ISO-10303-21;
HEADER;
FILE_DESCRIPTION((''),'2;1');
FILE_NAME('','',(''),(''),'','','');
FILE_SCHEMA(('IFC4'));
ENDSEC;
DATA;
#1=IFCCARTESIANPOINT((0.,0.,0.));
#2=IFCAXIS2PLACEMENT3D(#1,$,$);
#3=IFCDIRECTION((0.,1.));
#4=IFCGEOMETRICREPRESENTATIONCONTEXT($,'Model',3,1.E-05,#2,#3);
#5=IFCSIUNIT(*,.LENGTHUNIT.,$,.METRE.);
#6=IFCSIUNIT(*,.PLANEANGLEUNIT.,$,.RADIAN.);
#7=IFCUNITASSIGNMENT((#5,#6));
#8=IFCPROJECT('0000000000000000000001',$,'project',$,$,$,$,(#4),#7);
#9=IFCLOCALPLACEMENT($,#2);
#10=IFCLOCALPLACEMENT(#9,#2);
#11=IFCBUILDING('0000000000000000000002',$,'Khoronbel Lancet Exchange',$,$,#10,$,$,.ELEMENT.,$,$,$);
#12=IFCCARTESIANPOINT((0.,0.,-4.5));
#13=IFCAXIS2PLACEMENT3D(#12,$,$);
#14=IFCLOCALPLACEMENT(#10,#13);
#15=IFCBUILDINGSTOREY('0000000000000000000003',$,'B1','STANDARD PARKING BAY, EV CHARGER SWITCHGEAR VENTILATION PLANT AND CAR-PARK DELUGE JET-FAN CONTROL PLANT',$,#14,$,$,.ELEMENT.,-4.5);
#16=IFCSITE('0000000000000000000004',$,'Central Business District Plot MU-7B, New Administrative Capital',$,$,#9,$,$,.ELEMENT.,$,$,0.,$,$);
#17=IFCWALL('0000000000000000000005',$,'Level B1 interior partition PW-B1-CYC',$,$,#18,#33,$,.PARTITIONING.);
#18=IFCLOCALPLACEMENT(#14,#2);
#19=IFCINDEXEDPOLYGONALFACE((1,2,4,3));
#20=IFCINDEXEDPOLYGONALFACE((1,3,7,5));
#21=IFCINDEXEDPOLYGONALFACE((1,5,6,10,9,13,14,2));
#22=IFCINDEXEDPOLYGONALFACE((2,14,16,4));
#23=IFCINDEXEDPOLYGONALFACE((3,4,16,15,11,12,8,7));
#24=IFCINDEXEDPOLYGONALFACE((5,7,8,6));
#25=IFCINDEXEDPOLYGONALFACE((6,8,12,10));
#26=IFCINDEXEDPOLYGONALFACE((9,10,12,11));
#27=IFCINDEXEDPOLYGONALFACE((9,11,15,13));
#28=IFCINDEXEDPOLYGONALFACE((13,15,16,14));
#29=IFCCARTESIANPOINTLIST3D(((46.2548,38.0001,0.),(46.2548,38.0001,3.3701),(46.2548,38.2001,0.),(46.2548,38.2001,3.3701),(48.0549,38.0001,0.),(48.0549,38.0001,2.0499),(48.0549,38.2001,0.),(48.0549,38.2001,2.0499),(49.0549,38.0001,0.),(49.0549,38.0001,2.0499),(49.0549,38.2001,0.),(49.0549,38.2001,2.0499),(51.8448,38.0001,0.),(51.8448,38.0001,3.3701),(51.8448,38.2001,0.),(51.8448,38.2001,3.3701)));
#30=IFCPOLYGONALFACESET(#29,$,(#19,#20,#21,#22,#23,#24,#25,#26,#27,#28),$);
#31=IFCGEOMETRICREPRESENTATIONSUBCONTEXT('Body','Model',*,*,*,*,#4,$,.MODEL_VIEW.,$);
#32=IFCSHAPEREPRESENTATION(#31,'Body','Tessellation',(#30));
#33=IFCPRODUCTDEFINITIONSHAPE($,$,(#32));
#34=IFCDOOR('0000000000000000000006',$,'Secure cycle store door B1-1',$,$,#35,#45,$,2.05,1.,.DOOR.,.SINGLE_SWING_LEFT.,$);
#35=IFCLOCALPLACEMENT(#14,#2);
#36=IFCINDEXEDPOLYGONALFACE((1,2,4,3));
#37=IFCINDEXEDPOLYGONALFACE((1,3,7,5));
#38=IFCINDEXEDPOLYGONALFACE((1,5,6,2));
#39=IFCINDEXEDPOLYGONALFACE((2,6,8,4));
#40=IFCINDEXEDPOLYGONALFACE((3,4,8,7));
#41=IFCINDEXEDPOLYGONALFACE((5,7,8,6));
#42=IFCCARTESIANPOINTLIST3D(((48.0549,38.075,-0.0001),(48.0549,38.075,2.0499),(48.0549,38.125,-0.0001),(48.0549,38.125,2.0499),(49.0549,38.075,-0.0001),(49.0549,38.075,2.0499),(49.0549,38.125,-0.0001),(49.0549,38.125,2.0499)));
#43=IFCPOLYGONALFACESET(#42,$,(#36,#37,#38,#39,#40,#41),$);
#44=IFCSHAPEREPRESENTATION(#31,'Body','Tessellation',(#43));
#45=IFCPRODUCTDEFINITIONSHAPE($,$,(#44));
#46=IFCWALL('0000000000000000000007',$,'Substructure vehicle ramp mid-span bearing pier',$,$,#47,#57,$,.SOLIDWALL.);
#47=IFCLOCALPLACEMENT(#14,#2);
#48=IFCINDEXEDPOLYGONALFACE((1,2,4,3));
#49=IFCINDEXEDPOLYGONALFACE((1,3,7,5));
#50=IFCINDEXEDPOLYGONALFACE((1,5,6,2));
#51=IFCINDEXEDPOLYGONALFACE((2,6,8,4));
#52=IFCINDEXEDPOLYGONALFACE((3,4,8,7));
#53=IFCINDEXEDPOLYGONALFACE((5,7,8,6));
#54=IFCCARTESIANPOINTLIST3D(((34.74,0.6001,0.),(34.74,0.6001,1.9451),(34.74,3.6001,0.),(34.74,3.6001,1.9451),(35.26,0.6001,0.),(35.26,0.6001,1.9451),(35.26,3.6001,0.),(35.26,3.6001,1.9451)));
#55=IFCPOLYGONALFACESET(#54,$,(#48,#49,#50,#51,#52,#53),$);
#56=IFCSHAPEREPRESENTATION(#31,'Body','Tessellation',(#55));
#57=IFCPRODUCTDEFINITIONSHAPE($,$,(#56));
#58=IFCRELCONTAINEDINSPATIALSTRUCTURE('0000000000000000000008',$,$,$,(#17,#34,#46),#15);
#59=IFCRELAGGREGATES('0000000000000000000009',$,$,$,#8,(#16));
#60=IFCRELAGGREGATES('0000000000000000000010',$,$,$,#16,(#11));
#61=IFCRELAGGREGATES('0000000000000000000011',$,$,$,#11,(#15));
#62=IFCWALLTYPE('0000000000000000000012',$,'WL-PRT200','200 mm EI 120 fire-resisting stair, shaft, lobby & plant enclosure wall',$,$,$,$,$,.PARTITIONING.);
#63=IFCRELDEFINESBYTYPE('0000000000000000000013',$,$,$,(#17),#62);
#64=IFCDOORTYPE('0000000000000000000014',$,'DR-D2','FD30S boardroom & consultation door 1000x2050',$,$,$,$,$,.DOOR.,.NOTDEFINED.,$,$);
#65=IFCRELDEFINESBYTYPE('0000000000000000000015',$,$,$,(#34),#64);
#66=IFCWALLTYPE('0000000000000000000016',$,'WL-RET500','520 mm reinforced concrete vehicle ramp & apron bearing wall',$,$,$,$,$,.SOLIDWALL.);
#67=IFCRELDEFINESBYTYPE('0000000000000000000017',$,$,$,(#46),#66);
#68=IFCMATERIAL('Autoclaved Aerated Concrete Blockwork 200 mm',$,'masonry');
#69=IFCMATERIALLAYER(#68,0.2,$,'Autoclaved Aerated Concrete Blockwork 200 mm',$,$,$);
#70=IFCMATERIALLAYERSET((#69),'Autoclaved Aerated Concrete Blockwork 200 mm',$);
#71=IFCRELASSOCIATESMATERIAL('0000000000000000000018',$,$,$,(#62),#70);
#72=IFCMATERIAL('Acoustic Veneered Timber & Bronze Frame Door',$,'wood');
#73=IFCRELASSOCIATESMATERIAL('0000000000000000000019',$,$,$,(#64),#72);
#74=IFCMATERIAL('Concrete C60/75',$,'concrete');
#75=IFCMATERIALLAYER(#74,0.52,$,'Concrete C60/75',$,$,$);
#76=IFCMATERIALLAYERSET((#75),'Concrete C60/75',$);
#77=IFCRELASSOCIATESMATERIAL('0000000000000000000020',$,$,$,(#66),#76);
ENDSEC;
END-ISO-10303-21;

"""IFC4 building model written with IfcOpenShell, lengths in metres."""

from ifc_helpers import new_model, si_unit, direction, frame, frame_2d, origin, place, context, subcontext, project, spatial, rectangle, extrude, material, layer, layer_set, type_object, element, fill, save


model = new_model("IFC4")

# Units and contexts
model_context = context("Model", 3, precision=1e-05, world=origin(), true_north=direction((0.0, 1.0)))
body_context = subcontext(model_context, "Body", "Model", "MODEL_VIEW")
ifc_project = project(units=[si_unit("LENGTHUNIT", "METRE"), si_unit("PLANEANGLEUNIT", "RADIAN")], contexts=[model_context])

# Site, building, storey
site_placement = place(None, origin())
site = spatial("IfcSite", under=ifc_project, at=site_placement, Name="Central Business District Plot MU-7B, New Administrative Capital", CompositionType="ELEMENT", RefElevation=0.0)
building_placement = place(site_placement, origin())
building = spatial("IfcBuilding", under=site, at=building_placement, Name="Khoronbel Lancet Exchange", CompositionType="ELEMENT")
storey_placement = place(building_placement, frame((0.0, 0.0, -4.5)))
storey = spatial("IfcBuildingStorey", under=building, at=storey_placement, Name="B1", Description="STANDARD PARKING BAY, EV CHARGER SWITCHGEAR VENTILATION PLANT AND CAR-PARK DELUGE JET-FAN CONTROL PLANT", CompositionType="ELEMENT", Elevation=-4.5)

# Shared definitions
ifc_material_1 = material(Name="Concrete C60/75", Category="concrete")

# Shared definitions
ifc_material_2 = material(Name="Autoclaved Aerated Concrete Blockwork 200 mm", Category="masonry")
ifc_layer_1 = layer(ifc_material_2, 0.2, Name="Autoclaved Aerated Concrete Blockwork 200 mm")
ifc_layer_set_1 = layer_set([ifc_layer_1], Name="Autoclaved Aerated Concrete Blockwork 200 mm")
wall_type_1 = type_object("IfcWallType", Name="WL-PRT200", Description="200 mm EI 120 fire-resisting stair, shaft, lobby & plant enclosure wall", PredefinedType="PARTITIONING", material=ifc_layer_set_1)

# Wall, opening, door
wall_1_placement = place(storey_placement, frame((46.2549, 38.1001, 0.0), z_axis=(0.0, 0.0, 1.0), x_axis=(1.0, 0.0, 0.0)))
wall_1 = element("IfcWall", 1, at=wall_1_placement, inside=storey, type_object=wall_type_1, Name="Level B1 interior partition PW-B1-CYC", PredefinedType="PARTITIONING", context=body_context, shape_type="SweptSolid", body=[
    extrude(rectangle(XDim=5.5901, YDim=0.2, at=frame_2d((2.7949, 0.0))), origin(), (0.0, 0.0, 1.0), 3.3701),
])
opening_1_placement = place(wall_1_placement, frame((1.8, 0.0, 0.0)))
opening_1 = element("IfcOpeningElement", 2, at=opening_1_placement, cuts=wall_1, PredefinedType="OPENING", context=body_context, shape_type="SweptSolid", body=[
    extrude(rectangle(XDim=1.0, YDim=2.05, at=frame_2d((0.5, 1.0249))), frame((0.0, 0.1099, 0.0), z_axis=(0.0, -1.0, 0.0), x_axis=(1.0, 0.0, 0.0)), (0.0, 0.0, 1.0), 0.22),
])
ifc_material_3 = material(Name="Acoustic Veneered Timber & Bronze Frame Door", Category="wood")
door_type_1 = type_object("IfcDoorType", Name="DR-D2", Description="FD30S boardroom & consultation door 1000x2050", OperationType="NOTDEFINED", PredefinedType="DOOR", material=ifc_material_3)
door_1_placement = place(opening_1_placement, origin())
door_1 = element("IfcDoor", 3, at=door_1_placement, inside=storey, type_object=door_type_1, Name="Secure cycle store door B1-1", OperationType="SINGLE_SWING_LEFT", OverallHeight=2.05, OverallWidth=1.0, PredefinedType="DOOR", context=body_context, shape_type="SweptSolid", body=[
    extrude(rectangle(XDim=1.0, YDim=2.05, at=frame_2d((0.5, 1.0249))), frame((0.0, 0.0249, 0.0), z_axis=(0.0, -1.0, 0.0), x_axis=(1.0, 0.0, 0.0)), (0.0, 0.0, 1.0), 0.05),
])
fill(opening_1, door_1)

# Wall
ifc_layer_2 = layer(ifc_material_1, 0.52, Name="Concrete C60/75")
ifc_layer_set_2 = layer_set([ifc_layer_2], Name="Concrete C60/75")
wall_type_2 = type_object("IfcWallType", Name="WL-RET500", Description="520 mm reinforced concrete vehicle ramp & apron bearing wall", PredefinedType="SOLIDWALL", material=ifc_layer_set_2)
wall_2_placement = place(storey_placement, frame((35.0, 0.6001, 0.0), z_axis=(0.0, 0.0, 1.0), x_axis=(0.0, 1.0, 0.0)))
element("IfcWall", 4, at=wall_2_placement, inside=storey, type_object=wall_type_2, Name="Substructure vehicle ramp mid-span bearing pier", PredefinedType="SOLIDWALL", context=body_context, shape_type="SweptSolid", body=[
    extrude(rectangle(XDim=3.0, YDim=0.52, at=frame_2d((1.5, 0.0))), origin(), (0.0, 0.0, 1.0), 1.9451),
])

save(model, "model.ifc")
